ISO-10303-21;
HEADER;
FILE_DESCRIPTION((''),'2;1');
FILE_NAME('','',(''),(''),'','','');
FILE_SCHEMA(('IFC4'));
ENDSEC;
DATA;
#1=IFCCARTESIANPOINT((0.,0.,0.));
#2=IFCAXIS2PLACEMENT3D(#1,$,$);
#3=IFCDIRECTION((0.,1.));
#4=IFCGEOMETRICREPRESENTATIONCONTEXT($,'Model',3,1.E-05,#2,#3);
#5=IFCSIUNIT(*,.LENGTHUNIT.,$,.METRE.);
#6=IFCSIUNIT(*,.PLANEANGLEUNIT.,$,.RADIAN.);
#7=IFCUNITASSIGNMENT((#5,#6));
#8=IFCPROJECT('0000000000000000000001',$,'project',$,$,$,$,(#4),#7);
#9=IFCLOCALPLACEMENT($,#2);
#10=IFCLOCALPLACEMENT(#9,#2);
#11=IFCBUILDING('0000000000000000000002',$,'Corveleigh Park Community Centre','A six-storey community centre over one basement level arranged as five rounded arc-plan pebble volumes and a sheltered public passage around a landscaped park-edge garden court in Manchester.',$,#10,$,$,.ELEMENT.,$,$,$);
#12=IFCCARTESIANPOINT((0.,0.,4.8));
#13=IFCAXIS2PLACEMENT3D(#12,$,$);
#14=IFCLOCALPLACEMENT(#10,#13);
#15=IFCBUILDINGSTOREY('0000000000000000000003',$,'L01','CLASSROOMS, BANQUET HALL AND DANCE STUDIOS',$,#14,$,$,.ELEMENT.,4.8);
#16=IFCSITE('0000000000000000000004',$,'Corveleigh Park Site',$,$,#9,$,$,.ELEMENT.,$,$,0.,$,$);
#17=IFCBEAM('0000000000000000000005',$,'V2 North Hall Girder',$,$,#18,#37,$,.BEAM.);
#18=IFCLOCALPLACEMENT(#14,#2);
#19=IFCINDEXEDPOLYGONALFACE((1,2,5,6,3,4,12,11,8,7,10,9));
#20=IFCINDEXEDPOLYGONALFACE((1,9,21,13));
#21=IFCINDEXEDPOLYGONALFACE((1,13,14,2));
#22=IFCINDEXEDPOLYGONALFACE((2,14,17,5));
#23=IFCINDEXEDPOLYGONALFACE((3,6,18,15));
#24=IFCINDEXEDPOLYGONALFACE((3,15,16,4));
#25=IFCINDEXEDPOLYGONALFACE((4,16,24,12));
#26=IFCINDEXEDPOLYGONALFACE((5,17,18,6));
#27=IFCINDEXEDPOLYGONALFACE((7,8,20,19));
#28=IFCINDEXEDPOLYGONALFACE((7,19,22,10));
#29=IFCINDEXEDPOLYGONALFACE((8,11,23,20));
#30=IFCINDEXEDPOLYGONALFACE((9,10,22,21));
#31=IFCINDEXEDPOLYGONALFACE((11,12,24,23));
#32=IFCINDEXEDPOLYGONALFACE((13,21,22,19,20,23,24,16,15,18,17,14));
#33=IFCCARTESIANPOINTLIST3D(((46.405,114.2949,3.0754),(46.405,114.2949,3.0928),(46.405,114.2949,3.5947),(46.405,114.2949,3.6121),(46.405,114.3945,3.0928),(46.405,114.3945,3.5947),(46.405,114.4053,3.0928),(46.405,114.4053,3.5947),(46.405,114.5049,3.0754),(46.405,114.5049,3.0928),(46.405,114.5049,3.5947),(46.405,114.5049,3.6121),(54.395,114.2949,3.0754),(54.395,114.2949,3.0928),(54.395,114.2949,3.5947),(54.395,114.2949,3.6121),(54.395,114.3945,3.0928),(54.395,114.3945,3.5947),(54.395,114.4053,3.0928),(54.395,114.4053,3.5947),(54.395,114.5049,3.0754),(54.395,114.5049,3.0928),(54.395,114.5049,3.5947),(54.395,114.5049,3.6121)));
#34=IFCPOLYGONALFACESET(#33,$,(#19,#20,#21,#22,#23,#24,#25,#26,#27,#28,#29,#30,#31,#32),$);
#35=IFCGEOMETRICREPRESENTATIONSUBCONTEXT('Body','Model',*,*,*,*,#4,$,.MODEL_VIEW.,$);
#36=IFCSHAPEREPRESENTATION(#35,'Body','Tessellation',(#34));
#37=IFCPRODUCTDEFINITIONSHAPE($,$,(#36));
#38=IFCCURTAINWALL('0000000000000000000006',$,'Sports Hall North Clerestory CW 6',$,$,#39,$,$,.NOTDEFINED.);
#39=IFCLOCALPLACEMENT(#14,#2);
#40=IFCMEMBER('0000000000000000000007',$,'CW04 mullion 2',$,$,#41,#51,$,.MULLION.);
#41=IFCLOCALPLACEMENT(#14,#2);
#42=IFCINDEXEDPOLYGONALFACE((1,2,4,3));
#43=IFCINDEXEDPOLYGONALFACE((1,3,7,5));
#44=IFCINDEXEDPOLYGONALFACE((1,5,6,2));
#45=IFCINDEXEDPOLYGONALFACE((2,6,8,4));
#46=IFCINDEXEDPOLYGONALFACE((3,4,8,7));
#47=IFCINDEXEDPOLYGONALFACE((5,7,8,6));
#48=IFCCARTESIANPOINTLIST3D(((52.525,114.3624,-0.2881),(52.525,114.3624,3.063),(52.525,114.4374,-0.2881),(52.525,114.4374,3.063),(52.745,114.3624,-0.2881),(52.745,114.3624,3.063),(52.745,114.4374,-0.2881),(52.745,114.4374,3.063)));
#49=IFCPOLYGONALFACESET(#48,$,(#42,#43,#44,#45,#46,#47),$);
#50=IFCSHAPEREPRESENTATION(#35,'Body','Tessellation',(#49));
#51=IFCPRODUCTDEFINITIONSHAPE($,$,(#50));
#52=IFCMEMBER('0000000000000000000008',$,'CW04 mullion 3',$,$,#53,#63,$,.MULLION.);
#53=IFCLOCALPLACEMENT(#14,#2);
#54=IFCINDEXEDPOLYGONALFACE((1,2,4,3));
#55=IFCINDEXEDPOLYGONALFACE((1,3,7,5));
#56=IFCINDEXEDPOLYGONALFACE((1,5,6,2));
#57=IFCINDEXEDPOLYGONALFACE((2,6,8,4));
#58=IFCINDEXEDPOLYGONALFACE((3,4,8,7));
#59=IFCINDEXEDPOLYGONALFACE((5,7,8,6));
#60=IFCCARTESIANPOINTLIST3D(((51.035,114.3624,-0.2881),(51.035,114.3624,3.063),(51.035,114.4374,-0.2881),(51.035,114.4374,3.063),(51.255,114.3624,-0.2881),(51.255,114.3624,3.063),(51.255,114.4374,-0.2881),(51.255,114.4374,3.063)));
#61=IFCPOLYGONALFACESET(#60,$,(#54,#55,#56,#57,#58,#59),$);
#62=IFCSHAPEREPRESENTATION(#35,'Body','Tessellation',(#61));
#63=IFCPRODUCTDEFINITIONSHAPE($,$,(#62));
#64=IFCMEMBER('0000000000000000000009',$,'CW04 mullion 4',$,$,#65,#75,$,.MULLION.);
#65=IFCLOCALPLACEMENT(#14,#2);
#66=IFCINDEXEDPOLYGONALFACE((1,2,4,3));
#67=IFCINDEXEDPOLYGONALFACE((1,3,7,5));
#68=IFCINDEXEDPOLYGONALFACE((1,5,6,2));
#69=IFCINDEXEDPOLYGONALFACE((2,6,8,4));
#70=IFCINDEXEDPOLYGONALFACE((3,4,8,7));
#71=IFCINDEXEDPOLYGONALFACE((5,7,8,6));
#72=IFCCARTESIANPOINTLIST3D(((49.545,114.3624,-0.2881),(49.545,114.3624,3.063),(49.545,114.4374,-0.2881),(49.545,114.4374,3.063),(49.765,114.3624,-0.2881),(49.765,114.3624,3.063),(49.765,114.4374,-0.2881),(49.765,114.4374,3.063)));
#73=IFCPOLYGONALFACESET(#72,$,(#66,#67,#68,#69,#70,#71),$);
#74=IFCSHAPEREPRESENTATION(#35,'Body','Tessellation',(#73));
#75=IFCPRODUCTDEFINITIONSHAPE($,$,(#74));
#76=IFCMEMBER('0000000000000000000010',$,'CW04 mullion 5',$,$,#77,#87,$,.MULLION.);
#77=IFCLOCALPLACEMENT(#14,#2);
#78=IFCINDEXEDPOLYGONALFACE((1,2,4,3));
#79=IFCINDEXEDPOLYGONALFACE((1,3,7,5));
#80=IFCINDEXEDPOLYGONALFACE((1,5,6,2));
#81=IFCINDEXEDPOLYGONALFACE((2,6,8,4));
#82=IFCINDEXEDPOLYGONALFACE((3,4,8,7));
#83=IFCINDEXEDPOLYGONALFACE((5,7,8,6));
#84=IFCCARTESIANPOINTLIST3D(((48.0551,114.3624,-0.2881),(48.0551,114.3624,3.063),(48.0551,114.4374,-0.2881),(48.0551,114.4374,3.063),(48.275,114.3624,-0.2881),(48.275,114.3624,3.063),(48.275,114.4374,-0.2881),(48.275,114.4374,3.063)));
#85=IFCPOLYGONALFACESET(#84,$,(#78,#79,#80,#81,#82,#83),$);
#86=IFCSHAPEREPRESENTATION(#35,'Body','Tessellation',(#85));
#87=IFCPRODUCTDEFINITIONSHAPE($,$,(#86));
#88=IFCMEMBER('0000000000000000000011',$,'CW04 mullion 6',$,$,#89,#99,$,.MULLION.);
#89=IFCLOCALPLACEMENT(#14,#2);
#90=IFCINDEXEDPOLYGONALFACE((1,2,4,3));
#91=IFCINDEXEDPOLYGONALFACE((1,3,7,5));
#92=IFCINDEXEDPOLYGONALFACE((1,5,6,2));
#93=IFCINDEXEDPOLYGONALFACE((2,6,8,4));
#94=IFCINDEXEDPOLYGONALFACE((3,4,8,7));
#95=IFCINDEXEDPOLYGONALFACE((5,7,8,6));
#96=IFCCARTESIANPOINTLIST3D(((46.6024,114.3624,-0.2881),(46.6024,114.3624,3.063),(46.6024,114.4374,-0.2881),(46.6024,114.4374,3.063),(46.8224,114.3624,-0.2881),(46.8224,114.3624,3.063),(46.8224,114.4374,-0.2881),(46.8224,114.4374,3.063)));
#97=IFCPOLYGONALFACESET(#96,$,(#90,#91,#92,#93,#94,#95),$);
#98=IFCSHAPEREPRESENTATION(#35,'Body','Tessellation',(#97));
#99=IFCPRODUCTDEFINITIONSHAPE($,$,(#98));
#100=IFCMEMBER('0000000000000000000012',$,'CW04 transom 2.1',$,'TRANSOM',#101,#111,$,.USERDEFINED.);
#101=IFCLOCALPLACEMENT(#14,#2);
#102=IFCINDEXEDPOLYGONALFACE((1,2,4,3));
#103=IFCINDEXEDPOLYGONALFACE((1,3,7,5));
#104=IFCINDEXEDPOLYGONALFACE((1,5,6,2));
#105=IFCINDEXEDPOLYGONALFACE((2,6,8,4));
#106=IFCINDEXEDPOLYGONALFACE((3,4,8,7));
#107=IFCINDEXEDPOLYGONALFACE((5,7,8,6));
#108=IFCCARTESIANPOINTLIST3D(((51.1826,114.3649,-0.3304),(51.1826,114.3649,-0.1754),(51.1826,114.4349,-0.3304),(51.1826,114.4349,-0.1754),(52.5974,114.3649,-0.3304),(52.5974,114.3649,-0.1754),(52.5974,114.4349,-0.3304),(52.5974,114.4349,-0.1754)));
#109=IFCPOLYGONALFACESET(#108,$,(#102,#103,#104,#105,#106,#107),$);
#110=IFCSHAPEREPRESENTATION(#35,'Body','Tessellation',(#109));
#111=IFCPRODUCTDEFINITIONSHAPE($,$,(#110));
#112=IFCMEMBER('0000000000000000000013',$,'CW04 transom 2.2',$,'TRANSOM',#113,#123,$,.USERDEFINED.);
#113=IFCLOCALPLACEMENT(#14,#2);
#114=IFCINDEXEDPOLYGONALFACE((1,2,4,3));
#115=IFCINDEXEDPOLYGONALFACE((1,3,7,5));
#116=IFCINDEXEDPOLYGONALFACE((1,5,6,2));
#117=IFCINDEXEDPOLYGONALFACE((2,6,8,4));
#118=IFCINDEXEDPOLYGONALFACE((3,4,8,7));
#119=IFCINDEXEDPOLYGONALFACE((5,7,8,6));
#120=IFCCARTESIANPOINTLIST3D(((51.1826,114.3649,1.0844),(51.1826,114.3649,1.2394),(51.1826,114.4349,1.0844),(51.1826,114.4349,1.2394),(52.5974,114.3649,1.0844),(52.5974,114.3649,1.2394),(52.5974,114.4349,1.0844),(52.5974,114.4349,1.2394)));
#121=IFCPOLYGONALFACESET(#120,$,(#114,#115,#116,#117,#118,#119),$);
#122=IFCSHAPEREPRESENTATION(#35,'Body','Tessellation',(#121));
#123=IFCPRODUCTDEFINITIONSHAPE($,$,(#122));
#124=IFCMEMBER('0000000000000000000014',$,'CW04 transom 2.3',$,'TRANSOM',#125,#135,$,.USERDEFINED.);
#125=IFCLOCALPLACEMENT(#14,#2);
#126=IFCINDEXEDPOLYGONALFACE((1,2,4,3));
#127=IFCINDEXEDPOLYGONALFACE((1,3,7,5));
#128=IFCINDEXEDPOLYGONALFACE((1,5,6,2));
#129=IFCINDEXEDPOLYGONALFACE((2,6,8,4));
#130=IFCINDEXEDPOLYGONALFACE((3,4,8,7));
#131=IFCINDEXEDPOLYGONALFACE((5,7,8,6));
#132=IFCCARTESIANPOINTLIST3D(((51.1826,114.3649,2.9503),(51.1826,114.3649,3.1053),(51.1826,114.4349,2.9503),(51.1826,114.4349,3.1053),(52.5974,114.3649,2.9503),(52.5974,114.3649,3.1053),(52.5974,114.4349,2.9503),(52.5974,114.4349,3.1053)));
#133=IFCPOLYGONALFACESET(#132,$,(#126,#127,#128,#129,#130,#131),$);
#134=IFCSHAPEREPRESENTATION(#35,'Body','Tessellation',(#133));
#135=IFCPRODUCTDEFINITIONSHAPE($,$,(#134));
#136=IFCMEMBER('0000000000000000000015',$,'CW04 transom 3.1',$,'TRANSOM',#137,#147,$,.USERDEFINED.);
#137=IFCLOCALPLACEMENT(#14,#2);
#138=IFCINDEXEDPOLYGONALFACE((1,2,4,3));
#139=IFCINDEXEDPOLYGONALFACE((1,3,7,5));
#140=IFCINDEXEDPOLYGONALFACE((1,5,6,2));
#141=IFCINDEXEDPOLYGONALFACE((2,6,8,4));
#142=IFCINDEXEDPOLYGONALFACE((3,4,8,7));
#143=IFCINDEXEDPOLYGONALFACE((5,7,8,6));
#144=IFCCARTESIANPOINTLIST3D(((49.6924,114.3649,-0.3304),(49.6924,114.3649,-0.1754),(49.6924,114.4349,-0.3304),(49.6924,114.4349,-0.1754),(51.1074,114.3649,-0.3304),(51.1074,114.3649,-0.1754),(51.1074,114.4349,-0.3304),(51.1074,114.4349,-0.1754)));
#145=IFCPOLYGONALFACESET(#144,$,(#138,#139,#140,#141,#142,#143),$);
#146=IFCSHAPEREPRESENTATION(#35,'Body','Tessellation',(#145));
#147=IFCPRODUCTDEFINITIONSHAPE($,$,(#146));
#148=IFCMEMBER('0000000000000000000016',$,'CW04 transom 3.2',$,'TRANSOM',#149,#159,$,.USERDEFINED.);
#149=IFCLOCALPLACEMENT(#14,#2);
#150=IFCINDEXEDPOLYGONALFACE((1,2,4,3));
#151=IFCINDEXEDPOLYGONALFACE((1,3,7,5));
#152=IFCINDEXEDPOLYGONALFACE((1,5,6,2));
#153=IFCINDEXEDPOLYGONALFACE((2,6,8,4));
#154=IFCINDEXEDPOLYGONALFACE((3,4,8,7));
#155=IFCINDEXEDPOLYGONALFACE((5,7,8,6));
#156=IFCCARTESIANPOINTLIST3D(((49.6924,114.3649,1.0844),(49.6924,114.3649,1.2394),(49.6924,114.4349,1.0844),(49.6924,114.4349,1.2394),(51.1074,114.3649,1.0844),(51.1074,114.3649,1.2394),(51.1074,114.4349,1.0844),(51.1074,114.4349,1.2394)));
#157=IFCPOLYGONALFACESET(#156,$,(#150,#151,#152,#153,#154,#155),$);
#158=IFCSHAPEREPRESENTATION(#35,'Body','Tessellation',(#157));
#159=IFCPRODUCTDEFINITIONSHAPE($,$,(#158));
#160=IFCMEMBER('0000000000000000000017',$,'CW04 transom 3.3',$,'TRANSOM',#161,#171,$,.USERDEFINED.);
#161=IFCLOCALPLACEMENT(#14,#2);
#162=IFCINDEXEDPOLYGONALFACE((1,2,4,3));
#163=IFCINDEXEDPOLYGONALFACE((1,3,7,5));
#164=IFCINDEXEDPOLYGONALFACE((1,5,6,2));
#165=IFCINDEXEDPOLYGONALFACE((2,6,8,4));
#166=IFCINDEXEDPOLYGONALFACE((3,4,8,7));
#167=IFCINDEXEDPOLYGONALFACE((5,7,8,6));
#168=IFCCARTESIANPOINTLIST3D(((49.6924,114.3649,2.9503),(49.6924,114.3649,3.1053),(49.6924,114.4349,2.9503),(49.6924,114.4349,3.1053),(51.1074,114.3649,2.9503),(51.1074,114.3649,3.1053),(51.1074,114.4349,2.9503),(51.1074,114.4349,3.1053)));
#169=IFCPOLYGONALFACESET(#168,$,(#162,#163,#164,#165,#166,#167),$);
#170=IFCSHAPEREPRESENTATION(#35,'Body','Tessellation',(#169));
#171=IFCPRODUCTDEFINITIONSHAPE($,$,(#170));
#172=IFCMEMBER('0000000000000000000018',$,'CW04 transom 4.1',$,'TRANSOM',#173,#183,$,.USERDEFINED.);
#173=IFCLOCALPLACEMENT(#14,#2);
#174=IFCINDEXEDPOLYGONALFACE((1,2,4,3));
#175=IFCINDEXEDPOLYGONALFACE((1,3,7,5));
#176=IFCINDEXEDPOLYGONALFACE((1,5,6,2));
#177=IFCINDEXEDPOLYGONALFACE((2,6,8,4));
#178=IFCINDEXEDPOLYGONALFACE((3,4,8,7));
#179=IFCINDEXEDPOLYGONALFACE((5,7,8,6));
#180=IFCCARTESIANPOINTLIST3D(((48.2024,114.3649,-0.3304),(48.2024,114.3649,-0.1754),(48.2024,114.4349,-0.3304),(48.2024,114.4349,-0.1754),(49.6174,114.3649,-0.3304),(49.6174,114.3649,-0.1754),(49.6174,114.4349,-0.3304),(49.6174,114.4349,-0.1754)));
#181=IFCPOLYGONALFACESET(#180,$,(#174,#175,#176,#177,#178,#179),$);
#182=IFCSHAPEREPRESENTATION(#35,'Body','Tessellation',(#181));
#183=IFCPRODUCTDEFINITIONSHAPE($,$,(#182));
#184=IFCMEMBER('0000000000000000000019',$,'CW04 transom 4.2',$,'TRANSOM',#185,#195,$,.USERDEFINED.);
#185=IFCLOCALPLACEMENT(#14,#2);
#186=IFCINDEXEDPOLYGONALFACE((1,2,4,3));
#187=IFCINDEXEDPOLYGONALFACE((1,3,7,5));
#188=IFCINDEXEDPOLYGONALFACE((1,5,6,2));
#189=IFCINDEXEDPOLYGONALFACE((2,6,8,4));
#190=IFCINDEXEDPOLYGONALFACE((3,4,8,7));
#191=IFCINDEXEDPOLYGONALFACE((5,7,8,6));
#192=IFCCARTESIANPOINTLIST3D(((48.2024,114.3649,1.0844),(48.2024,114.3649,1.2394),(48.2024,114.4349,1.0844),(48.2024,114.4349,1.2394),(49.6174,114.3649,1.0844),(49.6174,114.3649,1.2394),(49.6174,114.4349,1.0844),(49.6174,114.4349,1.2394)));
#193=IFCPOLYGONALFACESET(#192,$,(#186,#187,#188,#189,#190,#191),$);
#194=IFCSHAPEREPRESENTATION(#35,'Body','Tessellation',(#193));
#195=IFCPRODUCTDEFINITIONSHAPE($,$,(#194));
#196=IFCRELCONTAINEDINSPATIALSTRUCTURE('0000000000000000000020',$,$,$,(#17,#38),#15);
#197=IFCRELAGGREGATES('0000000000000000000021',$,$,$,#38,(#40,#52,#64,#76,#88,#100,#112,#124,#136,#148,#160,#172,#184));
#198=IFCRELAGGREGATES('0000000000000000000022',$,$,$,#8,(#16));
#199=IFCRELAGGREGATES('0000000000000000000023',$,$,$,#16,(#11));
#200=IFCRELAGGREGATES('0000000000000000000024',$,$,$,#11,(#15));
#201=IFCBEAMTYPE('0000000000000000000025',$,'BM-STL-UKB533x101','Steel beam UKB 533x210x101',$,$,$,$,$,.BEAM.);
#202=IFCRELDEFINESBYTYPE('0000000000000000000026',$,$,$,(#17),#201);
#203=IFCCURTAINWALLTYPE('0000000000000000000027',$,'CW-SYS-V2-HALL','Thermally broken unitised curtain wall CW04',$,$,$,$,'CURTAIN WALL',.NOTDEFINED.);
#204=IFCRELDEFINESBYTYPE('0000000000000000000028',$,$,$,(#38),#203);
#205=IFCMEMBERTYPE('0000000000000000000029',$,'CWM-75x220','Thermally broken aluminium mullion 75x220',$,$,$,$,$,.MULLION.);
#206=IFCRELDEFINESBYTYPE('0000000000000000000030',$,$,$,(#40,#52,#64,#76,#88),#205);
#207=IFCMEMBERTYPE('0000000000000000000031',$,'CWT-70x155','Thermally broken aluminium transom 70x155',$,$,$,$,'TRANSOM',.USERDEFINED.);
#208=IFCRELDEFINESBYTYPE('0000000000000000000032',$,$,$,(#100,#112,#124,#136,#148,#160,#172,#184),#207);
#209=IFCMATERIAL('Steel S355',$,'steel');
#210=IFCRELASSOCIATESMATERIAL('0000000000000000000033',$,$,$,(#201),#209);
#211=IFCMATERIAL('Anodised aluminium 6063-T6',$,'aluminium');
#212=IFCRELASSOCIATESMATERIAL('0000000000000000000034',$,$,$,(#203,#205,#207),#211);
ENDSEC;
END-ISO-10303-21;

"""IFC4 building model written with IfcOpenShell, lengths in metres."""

from ifc_helpers import new_model, si_unit, direction, frame, origin, origin_2d, place, context, subcontext, project, spatial, rectangle, i_section, extrude, material, material_profile, profile_set, type_object, element, aggregate, save


model = new_model("IFC4")

# Units and contexts
model_context = context("Model", 3, precision=1e-05, world=origin(), true_north=direction((0.0, 1.0)))
body_context = subcontext(model_context, "Body", "Model", "MODEL_VIEW")
ifc_project = project(units=[si_unit("LENGTHUNIT", "METRE"), si_unit("PLANEANGLEUNIT", "RADIAN")], contexts=[model_context])

# Site, building, storey
site_placement = place(None, origin())
site = spatial("IfcSite", under=ifc_project, at=site_placement, Name="Corveleigh Park Site", CompositionType="ELEMENT", RefElevation=0.0)
building_placement = place(site_placement, origin())
building = spatial("IfcBuilding", under=site, at=building_placement, Name="Corveleigh Park Community Centre", Description="A six-storey community centre over one basement level arranged as five rounded arc-plan pebble volumes and a sheltered public passage around a landscaped park-edge garden court in Manchester.", CompositionType="ELEMENT")
storey_placement = place(building_placement, frame((0.0, 0.0, 4.8)))
storey = spatial("IfcBuildingStorey", under=building, at=storey_placement, Name="L01", Description="CLASSROOMS, BANQUET HALL AND DANCE STUDIOS", CompositionType="ELEMENT", Elevation=4.8)

# Beam
ifc_material_1 = material(Name="Steel S355", Category="steel")
ifc_material_profile_1 = material_profile(ifc_material_1, i_section(OverallWidth=0.21, OverallDepth=0.5366, WebThickness=0.0107, FlangeThickness=0.0173, at=origin_2d()), Name="UKB 533x210x101", Category="steel")
ifc_profile_set_1 = profile_set([ifc_material_profile_1], Name="Steel S355")
beam_type = type_object("IfcBeamType", Name="BM-STL-UKB533x101", Description="Steel beam UKB 533x210x101", PredefinedType="BEAM", material=ifc_profile_set_1)
beam_placement = place(storey_placement, frame((46.405, 114.3999, 3.3438), z_axis=(1.0, 0.0, 0.0), x_axis=(0.0, 1.0, 0.0)))
element("IfcBeam", 1, at=beam_placement, inside=storey, type_object=beam_type, Name="V2 North Hall Girder", PredefinedType="BEAM", context=body_context, shape_type="SweptSolid", body=[
    extrude(i_section(OverallWidth=0.21, OverallDepth=0.5366, WebThickness=0.0107, FlangeThickness=0.0173, at=origin_2d()), origin(), (0.0, 0.0, 1.0), 7.99),
])

# Curtain wall, members
ifc_material_2 = material(Name="Anodised aluminium 6063-T6", Category="aluminium")
curtain_wall_type = type_object("IfcCurtainWallType", Name="CW-SYS-V2-HALL", Description="Thermally broken unitised curtain wall CW04", ElementType="CURTAIN WALL", PredefinedType="NOTDEFINED", material=ifc_material_2)
curtain_wall_placement = place(storey_placement, origin())
curtain_wall = element("IfcCurtainWall", 2, at=curtain_wall_placement, inside=storey, type_object=curtain_wall_type, Name="Sports Hall North Clerestory CW 6", PredefinedType="NOTDEFINED")
ifc_material_profile_2 = material_profile(ifc_material_2, rectangle(XDim=0.075, YDim=0.22, at=origin_2d()), Name="ALU-M75x220", Category="aluminium")
ifc_profile_set_2 = profile_set([ifc_material_profile_2], Name="Anodised aluminium 6063-T6")
member_type_1 = type_object("IfcMemberType", Name="CWM-75x220", Description="Thermally broken aluminium mullion 75x220", PredefinedType="MULLION", material=ifc_profile_set_2)
member_1_placement = place(storey_placement, frame((52.635, 114.3999, -0.2881), z_axis=(0.0, 0.0, 1.0), x_axis=(0.0, -1.0, 0.0)))
member_1 = element("IfcMember", 3, at=member_1_placement, type_object=member_type_1, Name="CW04 mullion 2", PredefinedType="MULLION", context=body_context, shape_type="SweptSolid", body=[
    extrude(rectangle(XDim=0.075, YDim=0.22, at=origin_2d()), origin(), (0.0, 0.0, 1.0), 3.3511),
])
member_2_placement = place(storey_placement, frame((51.145, 114.3999, -0.2881), z_axis=(0.0, 0.0, 1.0), x_axis=(0.0, -1.0, 0.0)))
member_2 = element("IfcMember", 4, at=member_2_placement, type_object=member_type_1, Name="CW04 mullion 3", PredefinedType="MULLION", context=body_context, shape_type="SweptSolid", body=[
    extrude(rectangle(XDim=0.075, YDim=0.22, at=origin_2d()), origin(), (0.0, 0.0, 1.0), 3.3511),
])
member_3_placement = place(storey_placement, frame((49.655, 114.3999, -0.2881), z_axis=(0.0, 0.0, 1.0), x_axis=(0.0, -1.0, 0.0)))
member_3 = element("IfcMember", 5, at=member_3_placement, type_object=member_type_1, Name="CW04 mullion 4", PredefinedType="MULLION", context=body_context, shape_type="SweptSolid", body=[
    extrude(rectangle(XDim=0.075, YDim=0.22, at=origin_2d()), origin(), (0.0, 0.0, 1.0), 3.3511),
])
member_4_placement = place(storey_placement, frame((48.165, 114.3999, -0.2881), z_axis=(0.0, 0.0, 1.0), x_axis=(0.0, -1.0, 0.0)))
member_4 = element("IfcMember", 6, at=member_4_placement, type_object=member_type_1, Name="CW04 mullion 5", PredefinedType="MULLION", context=body_context, shape_type="SweptSolid", body=[
    extrude(rectangle(XDim=0.075, YDim=0.22, at=origin_2d()), origin(), (0.0, 0.0, 1.0), 3.3511),
])
member_5_placement = place(storey_placement, frame((46.7124, 114.3999, -0.2881), z_axis=(0.0, 0.0, 1.0), x_axis=(0.0, -1.0, 0.0)))
member_5 = element("IfcMember", 7, at=member_5_placement, type_object=member_type_1, Name="CW04 mullion 6", PredefinedType="MULLION", context=body_context, shape_type="SweptSolid", body=[
    extrude(rectangle(XDim=0.075, YDim=0.22, at=origin_2d()), origin(), (0.0, 0.0, 1.0), 3.3511),
])
ifc_material_profile_3 = material_profile(ifc_material_2, rectangle(XDim=0.0701, YDim=0.155, at=origin_2d()), Name="ALU-T70x155", Category="aluminium")
ifc_profile_set_3 = profile_set([ifc_material_profile_3], Name="Anodised aluminium 6063-T6")
member_type_2 = type_object("IfcMemberType", Name="CWT-70x155", Description="Thermally broken aluminium transom 70x155", ElementType="TRANSOM", PredefinedType="USERDEFINED", material=ifc_profile_set_3)
member_6_placement = place(storey_placement, frame((52.5974, 114.3999, -0.2529), z_axis=(-1.0, 0.0, 0.0), x_axis=(0.0, -1.0, 0.0)))
member_6 = element("IfcMember", 8, at=member_6_placement, type_object=member_type_2, Name="CW04 transom 2.1", ObjectType="TRANSOM", PredefinedType="USERDEFINED", context=body_context, shape_type="SweptSolid", body=[
    extrude(rectangle(XDim=0.0701, YDim=0.155, at=origin_2d()), origin(), (0.0, 0.0, 1.0), 1.4148),
])
member_7_placement = place(storey_placement, frame((52.5974, 114.3999, 1.1619), z_axis=(-1.0, 0.0, 0.0), x_axis=(0.0, -1.0, 0.0)))
member_7 = element("IfcMember", 9, at=member_7_placement, type_object=member_type_2, Name="CW04 transom 2.2", ObjectType="TRANSOM", PredefinedType="USERDEFINED", context=body_context, shape_type="SweptSolid", body=[
    extrude(rectangle(XDim=0.0701, YDim=0.155, at=origin_2d()), origin(), (0.0, 0.0, 1.0), 1.4148),
])
member_8_placement = place(storey_placement, frame((52.5974, 114.3999, 3.0278), z_axis=(-1.0, 0.0, 0.0), x_axis=(0.0, -1.0, 0.0)))
member_8 = element("IfcMember", 10, at=member_8_placement, type_object=member_type_2, Name="CW04 transom 2.3", ObjectType="TRANSOM", PredefinedType="USERDEFINED", context=body_context, shape_type="SweptSolid", body=[
    extrude(rectangle(XDim=0.0701, YDim=0.155, at=origin_2d()), origin(), (0.0, 0.0, 1.0), 1.4148),
])
member_9_placement = place(storey_placement, frame((51.1074, 114.3999, -0.2529), z_axis=(-1.0, 0.0, 0.0), x_axis=(0.0, -1.0, 0.0)))
member_9 = element("IfcMember", 11, at=member_9_placement, type_object=member_type_2, Name="CW04 transom 3.1", ObjectType="TRANSOM", PredefinedType="USERDEFINED", context=body_context, shape_type="SweptSolid", body=[
    extrude(rectangle(XDim=0.0701, YDim=0.155, at=origin_2d()), origin(), (0.0, 0.0, 1.0), 1.415),
])
member_10_placement = place(storey_placement, frame((51.1074, 114.3999, 1.1619), z_axis=(-1.0, 0.0, 0.0), x_axis=(0.0, -1.0, 0.0)))
member_10 = element("IfcMember", 12, at=member_10_placement, type_object=member_type_2, Name="CW04 transom 3.2", ObjectType="TRANSOM", PredefinedType="USERDEFINED", context=body_context, shape_type="SweptSolid", body=[
    extrude(rectangle(XDim=0.0701, YDim=0.155, at=origin_2d()), origin(), (0.0, 0.0, 1.0), 1.415),
])
member_11_placement = place(storey_placement, frame((51.1074, 114.3999, 3.0278), z_axis=(-1.0, 0.0, 0.0), x_axis=(0.0, -1.0, 0.0)))
member_11 = element("IfcMember", 13, at=member_11_placement, type_object=member_type_2, Name="CW04 transom 3.3", ObjectType="TRANSOM", PredefinedType="USERDEFINED", context=body_context, shape_type="SweptSolid", body=[
    extrude(rectangle(XDim=0.0701, YDim=0.155, at=origin_2d()), origin(), (0.0, 0.0, 1.0), 1.415),
])
member_12_placement = place(storey_placement, frame((49.6174, 114.3999, -0.2529), z_axis=(-1.0, 0.0, 0.0), x_axis=(0.0, -1.0, 0.0)))
member_12 = element("IfcMember", 14, at=member_12_placement, type_object=member_type_2, Name="CW04 transom 4.1", ObjectType="TRANSOM", PredefinedType="USERDEFINED", context=body_context, shape_type="SweptSolid", body=[
    extrude(rectangle(XDim=0.0701, YDim=0.155, at=origin_2d()), origin(), (0.0, 0.0, 1.0), 1.415),
])
member_13_placement = place(storey_placement, frame((49.6174, 114.3999, 1.1619), z_axis=(-1.0, 0.0, 0.0), x_axis=(0.0, -1.0, 0.0)))
member_13 = element("IfcMember", 15, at=member_13_placement, type_object=member_type_2, Name="CW04 transom 4.2", ObjectType="TRANSOM", PredefinedType="USERDEFINED", context=body_context, shape_type="SweptSolid", body=[
    extrude(rectangle(XDim=0.0701, YDim=0.155, at=origin_2d()), origin(), (0.0, 0.0, 1.0), 1.415),
])

aggregate(curtain_wall, [member_1, member_2, member_3, member_4, member_5, member_6, member_7, member_8, member_9, member_10, member_11, member_12, member_13])

save(model, "model.ifc")
